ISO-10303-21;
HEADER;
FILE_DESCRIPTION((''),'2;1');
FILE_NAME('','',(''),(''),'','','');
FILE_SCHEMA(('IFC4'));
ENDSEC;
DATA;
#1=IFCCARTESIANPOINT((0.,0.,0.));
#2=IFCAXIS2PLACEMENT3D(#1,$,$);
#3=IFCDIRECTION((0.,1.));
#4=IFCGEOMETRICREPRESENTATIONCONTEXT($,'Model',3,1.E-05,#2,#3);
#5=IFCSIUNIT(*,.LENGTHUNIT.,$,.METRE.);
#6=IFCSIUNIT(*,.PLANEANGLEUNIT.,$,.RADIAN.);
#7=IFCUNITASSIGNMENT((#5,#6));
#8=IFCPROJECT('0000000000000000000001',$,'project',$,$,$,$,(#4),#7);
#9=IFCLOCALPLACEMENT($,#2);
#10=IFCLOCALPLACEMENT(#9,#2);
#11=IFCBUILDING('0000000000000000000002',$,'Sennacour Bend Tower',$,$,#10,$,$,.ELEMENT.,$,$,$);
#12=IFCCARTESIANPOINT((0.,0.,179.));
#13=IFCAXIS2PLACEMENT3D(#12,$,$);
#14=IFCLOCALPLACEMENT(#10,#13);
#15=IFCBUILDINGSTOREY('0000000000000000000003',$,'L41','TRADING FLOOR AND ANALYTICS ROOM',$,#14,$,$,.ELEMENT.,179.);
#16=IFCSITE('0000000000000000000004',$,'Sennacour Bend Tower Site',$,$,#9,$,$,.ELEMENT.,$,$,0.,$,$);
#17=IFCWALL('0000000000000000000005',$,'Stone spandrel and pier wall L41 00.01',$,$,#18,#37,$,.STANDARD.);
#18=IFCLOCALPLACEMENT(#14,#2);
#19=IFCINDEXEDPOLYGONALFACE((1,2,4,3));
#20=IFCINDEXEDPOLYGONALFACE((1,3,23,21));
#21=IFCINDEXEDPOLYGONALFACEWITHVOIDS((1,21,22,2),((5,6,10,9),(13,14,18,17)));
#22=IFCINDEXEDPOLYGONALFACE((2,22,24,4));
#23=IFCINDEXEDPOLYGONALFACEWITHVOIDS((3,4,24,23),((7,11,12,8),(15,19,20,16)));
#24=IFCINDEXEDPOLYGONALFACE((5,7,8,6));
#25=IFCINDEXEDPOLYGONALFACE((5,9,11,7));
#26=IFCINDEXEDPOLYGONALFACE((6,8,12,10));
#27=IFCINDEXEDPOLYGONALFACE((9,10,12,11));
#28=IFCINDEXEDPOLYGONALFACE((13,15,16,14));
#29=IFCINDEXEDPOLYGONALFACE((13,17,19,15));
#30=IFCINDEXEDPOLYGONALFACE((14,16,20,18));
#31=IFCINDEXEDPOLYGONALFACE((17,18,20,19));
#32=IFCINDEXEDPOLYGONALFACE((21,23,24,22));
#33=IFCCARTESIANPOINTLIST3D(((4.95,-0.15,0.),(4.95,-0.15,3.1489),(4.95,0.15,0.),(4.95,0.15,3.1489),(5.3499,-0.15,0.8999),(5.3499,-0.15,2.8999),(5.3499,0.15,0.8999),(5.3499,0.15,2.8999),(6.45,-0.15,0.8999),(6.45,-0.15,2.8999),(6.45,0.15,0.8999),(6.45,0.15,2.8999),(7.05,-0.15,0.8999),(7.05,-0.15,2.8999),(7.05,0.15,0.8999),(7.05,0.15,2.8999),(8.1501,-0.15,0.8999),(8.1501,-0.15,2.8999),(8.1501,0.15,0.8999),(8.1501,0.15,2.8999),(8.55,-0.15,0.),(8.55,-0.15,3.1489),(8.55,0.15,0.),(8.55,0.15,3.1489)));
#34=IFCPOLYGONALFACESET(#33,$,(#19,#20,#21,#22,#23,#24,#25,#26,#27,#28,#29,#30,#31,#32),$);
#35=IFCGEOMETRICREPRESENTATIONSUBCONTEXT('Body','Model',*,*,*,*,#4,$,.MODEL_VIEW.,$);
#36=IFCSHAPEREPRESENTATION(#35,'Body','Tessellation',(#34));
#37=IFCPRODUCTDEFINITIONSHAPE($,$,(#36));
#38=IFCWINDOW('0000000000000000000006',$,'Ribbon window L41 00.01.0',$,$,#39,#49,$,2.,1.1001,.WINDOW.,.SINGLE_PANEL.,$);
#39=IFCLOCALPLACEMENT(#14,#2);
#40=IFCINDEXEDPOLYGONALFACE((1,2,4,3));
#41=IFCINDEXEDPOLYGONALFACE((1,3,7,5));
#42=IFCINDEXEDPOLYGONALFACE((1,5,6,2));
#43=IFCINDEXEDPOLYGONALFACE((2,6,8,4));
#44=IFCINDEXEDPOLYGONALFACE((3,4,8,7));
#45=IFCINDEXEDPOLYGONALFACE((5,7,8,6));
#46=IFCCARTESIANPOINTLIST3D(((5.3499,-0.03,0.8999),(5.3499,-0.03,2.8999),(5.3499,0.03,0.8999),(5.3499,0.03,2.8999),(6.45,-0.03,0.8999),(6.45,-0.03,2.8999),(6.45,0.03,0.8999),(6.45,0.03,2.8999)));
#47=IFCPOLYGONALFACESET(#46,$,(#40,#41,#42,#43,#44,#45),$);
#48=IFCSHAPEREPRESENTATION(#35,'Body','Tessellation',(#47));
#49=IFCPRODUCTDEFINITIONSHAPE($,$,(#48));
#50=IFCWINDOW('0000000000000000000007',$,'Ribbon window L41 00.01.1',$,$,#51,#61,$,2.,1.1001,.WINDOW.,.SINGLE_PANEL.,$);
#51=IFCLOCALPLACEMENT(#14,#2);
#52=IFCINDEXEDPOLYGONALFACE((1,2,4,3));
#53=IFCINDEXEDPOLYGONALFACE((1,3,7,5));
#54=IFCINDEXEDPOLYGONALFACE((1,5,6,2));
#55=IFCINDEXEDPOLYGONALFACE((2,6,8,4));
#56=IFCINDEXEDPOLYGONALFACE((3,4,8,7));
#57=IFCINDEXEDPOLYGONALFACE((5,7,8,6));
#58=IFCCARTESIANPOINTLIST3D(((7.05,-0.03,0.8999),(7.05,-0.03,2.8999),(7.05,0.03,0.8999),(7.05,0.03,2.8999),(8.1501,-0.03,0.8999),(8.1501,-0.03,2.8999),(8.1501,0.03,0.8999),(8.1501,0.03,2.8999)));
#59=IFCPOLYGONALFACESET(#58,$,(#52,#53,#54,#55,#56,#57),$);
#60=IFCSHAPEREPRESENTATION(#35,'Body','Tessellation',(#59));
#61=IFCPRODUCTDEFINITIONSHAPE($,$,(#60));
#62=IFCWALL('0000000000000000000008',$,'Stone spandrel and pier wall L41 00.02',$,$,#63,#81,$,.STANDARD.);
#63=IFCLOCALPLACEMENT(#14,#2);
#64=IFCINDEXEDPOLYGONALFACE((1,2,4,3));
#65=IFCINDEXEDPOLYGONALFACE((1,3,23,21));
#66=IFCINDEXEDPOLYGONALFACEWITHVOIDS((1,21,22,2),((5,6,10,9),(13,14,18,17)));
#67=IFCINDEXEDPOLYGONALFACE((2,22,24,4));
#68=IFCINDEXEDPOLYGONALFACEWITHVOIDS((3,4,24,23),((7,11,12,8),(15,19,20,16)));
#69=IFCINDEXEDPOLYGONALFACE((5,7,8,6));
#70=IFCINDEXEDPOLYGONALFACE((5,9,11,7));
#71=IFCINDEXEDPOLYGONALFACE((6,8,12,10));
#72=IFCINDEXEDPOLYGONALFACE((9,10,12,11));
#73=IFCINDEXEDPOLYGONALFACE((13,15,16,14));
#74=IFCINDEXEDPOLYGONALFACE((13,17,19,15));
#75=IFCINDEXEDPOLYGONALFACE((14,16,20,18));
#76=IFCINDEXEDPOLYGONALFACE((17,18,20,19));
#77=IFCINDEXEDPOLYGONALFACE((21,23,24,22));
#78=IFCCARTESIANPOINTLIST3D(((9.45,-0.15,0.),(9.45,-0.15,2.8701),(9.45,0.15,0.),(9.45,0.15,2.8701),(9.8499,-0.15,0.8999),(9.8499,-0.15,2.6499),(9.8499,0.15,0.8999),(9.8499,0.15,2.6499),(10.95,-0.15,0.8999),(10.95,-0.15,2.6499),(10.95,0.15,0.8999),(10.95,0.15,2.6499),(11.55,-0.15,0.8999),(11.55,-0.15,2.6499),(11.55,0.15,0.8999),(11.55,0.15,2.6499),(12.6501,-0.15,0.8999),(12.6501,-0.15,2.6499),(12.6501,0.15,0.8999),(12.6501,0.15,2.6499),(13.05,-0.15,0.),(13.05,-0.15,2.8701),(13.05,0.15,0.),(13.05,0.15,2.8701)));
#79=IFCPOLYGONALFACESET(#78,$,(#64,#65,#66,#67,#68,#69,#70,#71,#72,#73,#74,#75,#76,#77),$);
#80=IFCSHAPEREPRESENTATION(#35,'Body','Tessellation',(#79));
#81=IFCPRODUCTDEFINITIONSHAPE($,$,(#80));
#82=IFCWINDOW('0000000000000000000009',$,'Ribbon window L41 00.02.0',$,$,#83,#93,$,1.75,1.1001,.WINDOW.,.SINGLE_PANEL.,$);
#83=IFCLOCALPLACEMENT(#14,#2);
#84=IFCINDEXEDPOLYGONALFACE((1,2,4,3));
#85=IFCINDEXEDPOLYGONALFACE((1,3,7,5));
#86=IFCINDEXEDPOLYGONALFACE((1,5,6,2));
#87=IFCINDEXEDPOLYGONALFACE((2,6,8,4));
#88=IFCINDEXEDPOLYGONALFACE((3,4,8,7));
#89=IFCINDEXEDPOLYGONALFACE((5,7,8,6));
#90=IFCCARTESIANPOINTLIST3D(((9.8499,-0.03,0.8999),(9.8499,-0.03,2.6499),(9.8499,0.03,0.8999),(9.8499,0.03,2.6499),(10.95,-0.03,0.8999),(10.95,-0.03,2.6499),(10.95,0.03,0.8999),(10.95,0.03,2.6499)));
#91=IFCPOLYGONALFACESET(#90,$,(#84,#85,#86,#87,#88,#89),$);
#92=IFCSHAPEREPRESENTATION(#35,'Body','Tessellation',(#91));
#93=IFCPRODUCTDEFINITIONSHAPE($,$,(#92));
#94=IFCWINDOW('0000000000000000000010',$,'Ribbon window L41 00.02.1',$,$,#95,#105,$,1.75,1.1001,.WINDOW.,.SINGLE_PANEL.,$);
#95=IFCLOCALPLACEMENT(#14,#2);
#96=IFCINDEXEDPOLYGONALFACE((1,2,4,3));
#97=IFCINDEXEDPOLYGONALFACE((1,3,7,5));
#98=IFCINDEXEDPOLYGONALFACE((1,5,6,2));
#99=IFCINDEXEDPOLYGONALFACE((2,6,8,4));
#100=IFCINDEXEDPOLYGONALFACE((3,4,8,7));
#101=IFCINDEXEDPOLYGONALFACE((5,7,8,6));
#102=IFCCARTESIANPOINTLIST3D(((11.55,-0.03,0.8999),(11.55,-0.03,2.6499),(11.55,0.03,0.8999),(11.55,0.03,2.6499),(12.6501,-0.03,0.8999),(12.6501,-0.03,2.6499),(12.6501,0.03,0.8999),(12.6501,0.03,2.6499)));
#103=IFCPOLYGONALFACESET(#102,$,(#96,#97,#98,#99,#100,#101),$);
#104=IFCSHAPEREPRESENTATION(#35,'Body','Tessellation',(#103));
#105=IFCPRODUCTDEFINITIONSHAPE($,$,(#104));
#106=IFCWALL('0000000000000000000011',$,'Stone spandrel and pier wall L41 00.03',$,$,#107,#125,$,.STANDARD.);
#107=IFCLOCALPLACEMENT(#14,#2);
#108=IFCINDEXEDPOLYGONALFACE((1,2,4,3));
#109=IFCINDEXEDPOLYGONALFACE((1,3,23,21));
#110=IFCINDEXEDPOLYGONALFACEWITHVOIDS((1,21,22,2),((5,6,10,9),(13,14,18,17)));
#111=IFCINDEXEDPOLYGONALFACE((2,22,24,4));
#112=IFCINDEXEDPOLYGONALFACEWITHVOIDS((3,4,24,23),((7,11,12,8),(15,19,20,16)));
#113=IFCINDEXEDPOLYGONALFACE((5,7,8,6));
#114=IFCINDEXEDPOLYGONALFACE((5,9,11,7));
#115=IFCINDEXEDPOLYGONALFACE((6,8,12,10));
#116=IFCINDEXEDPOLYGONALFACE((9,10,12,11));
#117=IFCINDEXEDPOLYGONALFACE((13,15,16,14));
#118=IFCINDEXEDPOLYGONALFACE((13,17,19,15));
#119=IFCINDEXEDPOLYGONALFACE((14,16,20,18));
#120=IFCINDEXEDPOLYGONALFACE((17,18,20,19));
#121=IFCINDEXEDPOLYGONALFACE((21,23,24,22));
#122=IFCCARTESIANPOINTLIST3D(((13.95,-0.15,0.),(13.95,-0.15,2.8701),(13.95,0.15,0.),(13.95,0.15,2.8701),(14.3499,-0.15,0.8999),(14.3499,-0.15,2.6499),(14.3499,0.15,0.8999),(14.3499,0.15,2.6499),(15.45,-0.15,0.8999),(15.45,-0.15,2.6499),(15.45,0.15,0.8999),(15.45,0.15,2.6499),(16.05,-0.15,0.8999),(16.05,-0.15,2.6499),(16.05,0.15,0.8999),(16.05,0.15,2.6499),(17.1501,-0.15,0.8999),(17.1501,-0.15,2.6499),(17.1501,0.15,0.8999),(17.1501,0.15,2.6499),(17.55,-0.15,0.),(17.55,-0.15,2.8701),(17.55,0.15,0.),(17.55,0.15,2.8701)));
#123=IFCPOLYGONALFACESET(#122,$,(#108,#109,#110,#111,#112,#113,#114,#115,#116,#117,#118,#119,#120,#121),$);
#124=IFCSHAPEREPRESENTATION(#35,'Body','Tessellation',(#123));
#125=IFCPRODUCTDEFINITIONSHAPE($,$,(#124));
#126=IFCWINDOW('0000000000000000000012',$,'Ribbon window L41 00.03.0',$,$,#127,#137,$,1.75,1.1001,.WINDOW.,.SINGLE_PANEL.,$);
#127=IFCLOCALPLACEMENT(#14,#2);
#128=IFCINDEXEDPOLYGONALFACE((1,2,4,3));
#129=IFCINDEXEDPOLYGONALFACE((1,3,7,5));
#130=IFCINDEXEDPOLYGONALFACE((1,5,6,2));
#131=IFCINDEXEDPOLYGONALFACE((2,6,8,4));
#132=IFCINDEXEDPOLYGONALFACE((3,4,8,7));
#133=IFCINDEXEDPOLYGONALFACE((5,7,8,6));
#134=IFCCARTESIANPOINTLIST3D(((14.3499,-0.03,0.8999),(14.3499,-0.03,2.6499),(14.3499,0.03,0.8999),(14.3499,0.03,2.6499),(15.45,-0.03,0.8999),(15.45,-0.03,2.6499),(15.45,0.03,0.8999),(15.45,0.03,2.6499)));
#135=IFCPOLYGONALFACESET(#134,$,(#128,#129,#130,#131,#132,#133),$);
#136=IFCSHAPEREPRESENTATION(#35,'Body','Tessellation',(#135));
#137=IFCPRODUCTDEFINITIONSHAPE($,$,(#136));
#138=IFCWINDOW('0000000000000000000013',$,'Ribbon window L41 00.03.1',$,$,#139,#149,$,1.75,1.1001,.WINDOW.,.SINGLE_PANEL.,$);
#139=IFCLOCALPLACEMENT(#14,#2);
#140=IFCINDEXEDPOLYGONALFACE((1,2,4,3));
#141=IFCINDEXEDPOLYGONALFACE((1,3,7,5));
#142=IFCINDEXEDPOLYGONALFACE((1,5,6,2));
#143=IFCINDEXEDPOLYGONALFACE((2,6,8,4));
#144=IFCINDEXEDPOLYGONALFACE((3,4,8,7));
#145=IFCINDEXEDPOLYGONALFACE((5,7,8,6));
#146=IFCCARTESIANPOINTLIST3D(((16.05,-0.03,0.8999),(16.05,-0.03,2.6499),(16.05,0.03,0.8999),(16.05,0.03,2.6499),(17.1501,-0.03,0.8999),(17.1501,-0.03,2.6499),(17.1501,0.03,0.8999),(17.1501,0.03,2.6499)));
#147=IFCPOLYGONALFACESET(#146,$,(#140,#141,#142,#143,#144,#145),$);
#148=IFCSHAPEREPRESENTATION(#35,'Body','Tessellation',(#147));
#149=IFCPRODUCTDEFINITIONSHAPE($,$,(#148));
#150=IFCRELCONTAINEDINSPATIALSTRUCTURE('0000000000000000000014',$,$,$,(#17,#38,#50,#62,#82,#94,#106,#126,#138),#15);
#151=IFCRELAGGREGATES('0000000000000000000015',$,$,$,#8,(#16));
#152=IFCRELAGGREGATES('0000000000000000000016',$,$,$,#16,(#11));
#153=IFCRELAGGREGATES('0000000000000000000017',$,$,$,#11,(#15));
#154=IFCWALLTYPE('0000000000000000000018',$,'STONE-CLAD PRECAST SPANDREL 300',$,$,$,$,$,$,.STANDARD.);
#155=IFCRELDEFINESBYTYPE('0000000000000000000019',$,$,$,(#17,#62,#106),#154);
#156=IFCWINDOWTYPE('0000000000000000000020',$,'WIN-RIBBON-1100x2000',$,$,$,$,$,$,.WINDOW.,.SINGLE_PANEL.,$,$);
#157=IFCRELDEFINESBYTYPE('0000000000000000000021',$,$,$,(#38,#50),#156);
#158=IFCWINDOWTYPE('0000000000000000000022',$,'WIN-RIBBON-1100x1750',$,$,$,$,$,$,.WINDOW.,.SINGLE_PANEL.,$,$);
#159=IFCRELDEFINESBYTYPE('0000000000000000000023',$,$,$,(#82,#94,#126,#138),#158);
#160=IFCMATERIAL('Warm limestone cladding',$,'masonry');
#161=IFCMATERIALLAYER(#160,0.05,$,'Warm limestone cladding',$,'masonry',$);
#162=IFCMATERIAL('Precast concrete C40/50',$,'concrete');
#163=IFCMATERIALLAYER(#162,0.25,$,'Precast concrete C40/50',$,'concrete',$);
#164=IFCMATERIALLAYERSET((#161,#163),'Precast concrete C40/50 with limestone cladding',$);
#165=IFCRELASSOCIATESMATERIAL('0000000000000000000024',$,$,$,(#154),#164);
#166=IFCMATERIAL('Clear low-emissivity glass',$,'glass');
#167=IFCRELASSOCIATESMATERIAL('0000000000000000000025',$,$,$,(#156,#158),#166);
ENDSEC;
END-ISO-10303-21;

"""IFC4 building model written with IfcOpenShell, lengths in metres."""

from ifc_helpers import new_model, si_unit, direction, frame, frame_2d, origin, place, context, subcontext, project, spatial, rectangle, extrude, material, layer, layer_set, type_object, element, fill, save


model = new_model("IFC4")

# Units and contexts
model_context = context("Model", 3, precision=1e-05, world=origin(), true_north=direction((0.0, 1.0)))
body_context = subcontext(model_context, "Body", "Model", "MODEL_VIEW")
ifc_project = project(units=[si_unit("LENGTHUNIT", "METRE"), si_unit("PLANEANGLEUNIT", "RADIAN")], contexts=[model_context])

# Site, building, storey
site_placement = place(None, origin())
site = spatial("IfcSite", under=ifc_project, at=site_placement, Name="Sennacour Bend Tower Site", CompositionType="ELEMENT", RefElevation=0.0)
building_placement = place(site_placement, origin())
building = spatial("IfcBuilding", under=site, at=building_placement, Name="Sennacour Bend Tower", CompositionType="ELEMENT")
storey_placement = place(building_placement, frame((0.0, 0.0, 179.0)))
storey = spatial("IfcBuildingStorey", under=building, at=storey_placement, Name="L41", Description="TRADING FLOOR AND ANALYTICS ROOM", CompositionType="ELEMENT", Elevation=179.0)

# Walls, openings, windows
ifc_material_1 = material(Name="Warm limestone cladding", Category="masonry")
ifc_layer_1 = layer(ifc_material_1, 0.05, Name="Warm limestone cladding", Category="masonry")
ifc_material_2 = material(Name="Precast concrete C40/50", Category="concrete")
ifc_layer_2 = layer(ifc_material_2, 0.25, Name="Precast concrete C40/50", Category="concrete")
ifc_layer_set_1 = layer_set([ifc_layer_1, ifc_layer_2], Name="Precast concrete C40/50 with limestone cladding")
wall_type_1 = type_object("IfcWallType", Name="STONE-CLAD PRECAST SPANDREL 300", PredefinedType="STANDARD", material=ifc_layer_set_1)
wall_1_placement = place(storey_placement, frame((4.95, 0.0, 0.0), z_axis=(0.0, 0.0, 1.0), x_axis=(1.0, 0.0, 0.0)))
wall_1 = element("IfcWall", 1, at=wall_1_placement, inside=storey, type_object=wall_type_1, Name="Stone spandrel and pier wall L41 00.01", PredefinedType="STANDARD", context=body_context, shape_type="SweptSolid", body=[
    extrude(rectangle(XDim=3.6001, YDim=0.3, at=frame_2d((1.8, 0.0))), origin(), (0.0, 0.0, 1.0), 3.1489),
])
opening_1_placement = place(wall_1_placement, frame((0.3999, 0.0, 0.8999)))
opening_1 = element("IfcOpeningElement", 2, at=opening_1_placement, cuts=wall_1, PredefinedType="OPENING", context=body_context, shape_type="SweptSolid", body=[
    extrude(rectangle(XDim=1.1001, YDim=2.0, at=frame_2d((0.55, 1.0))), frame((0.0, 0.1602, 0.0), z_axis=(0.0, -1.0, 0.0), x_axis=(1.0, 0.0, 0.0)), (0.0, 0.0, 1.0), 0.3201),
])
opening_2_placement = place(wall_1_placement, frame((2.1001, 0.0, 0.8999)))
opening_2 = element("IfcOpeningElement", 3, at=opening_2_placement, cuts=wall_1, PredefinedType="OPENING", context=body_context, shape_type="SweptSolid", body=[
    extrude(rectangle(XDim=1.1001, YDim=2.0, at=frame_2d((0.55, 1.0))), frame((0.0, 0.1602, 0.0), z_axis=(0.0, -1.0, 0.0), x_axis=(1.0, 0.0, 0.0)), (0.0, 0.0, 1.0), 0.3201),
])
ifc_material_3 = material(Name="Clear low-emissivity glass", Category="glass")
window_type_1 = type_object("IfcWindowType", Name="WIN-RIBBON-1100x2000", PartitioningType="SINGLE_PANEL", PredefinedType="WINDOW", material=ifc_material_3)
window_1_placement = place(opening_1_placement, origin())
window_1 = element("IfcWindow", 4, at=window_1_placement, inside=storey, type_object=window_type_1, Name="Ribbon window L41 00.01.0", OverallHeight=2.0, OverallWidth=1.1001, PartitioningType="SINGLE_PANEL", PredefinedType="WINDOW", context=body_context, shape_type="SweptSolid", body=[
    extrude(rectangle(XDim=1.1001, YDim=2.0, at=frame_2d((0.55, 1.0))), frame((0.0, 0.03, 0.0), z_axis=(0.0, -1.0, 0.0), x_axis=(1.0, 0.0, 0.0)), (0.0, 0.0, 1.0), 0.0601),
])
fill(opening_1, window_1)
window_2_placement = place(opening_2_placement, origin())
window_2 = element("IfcWindow", 5, at=window_2_placement, inside=storey, type_object=window_type_1, Name="Ribbon window L41 00.01.1", OverallHeight=2.0, OverallWidth=1.1001, PartitioningType="SINGLE_PANEL", PredefinedType="WINDOW", context=body_context, shape_type="SweptSolid", body=[
    extrude(rectangle(XDim=1.1001, YDim=2.0, at=frame_2d((0.55, 1.0))), frame((0.0, 0.03, 0.0), z_axis=(0.0, -1.0, 0.0), x_axis=(1.0, 0.0, 0.0)), (0.0, 0.0, 1.0), 0.0601),
])
fill(opening_2, window_2)
wall_2_placement = place(storey_placement, frame((9.45, 0.0, 0.0), z_axis=(0.0, 0.0, 1.0), x_axis=(1.0, 0.0, 0.0)))
wall_2 = element("IfcWall", 6, at=wall_2_placement, inside=storey, type_object=wall_type_1, Name="Stone spandrel and pier wall L41 00.02", PredefinedType="STANDARD", context=body_context, shape_type="SweptSolid", body=[
    extrude(rectangle(XDim=3.6001, YDim=0.3, at=frame_2d((1.8, 0.0))), origin(), (0.0, 0.0, 1.0), 2.8701),
])
opening_3_placement = place(wall_2_placement, frame((0.3999, 0.0, 0.8999)))
opening_3 = element("IfcOpeningElement", 7, at=opening_3_placement, cuts=wall_2, PredefinedType="OPENING", context=body_context, shape_type="SweptSolid", body=[
    extrude(rectangle(XDim=1.1001, YDim=1.75, at=frame_2d((0.55, 0.875))), frame((0.0, 0.1602, 0.0), z_axis=(0.0, -1.0, 0.0), x_axis=(1.0, 0.0, 0.0)), (0.0, 0.0, 1.0), 0.3201),
])
opening_4_placement = place(wall_2_placement, frame((2.1001, 0.0, 0.8999)))
opening_4 = element("IfcOpeningElement", 8, at=opening_4_placement, cuts=wall_2, PredefinedType="OPENING", context=body_context, shape_type="SweptSolid", body=[
    extrude(rectangle(XDim=1.1001, YDim=1.75, at=frame_2d((0.55, 0.875))), frame((0.0, 0.1602, 0.0), z_axis=(0.0, -1.0, 0.0), x_axis=(1.0, 0.0, 0.0)), (0.0, 0.0, 1.0), 0.3201),
])
window_type_2 = type_object("IfcWindowType", Name="WIN-RIBBON-1100x1750", PartitioningType="SINGLE_PANEL", PredefinedType="WINDOW", material=ifc_material_3)
window_3_placement = place(opening_3_placement, origin())
window_3 = element("IfcWindow", 9, at=window_3_placement, inside=storey, type_object=window_type_2, Name="Ribbon window L41 00.02.0", OverallHeight=1.75, OverallWidth=1.1001, PartitioningType="SINGLE_PANEL", PredefinedType="WINDOW", context=body_context, shape_type="SweptSolid", body=[
    extrude(rectangle(XDim=1.1001, YDim=1.75, at=frame_2d((0.55, 0.875))), frame((0.0, 0.03, 0.0), z_axis=(0.0, -1.0, 0.0), x_axis=(1.0, 0.0, 0.0)), (0.0, 0.0, 1.0), 0.0601),
])
fill(opening_3, window_3)
window_4_placement = place(opening_4_placement, origin())
window_4 = element("IfcWindow", 10, at=window_4_placement, inside=storey, type_object=window_type_2, Name="Ribbon window L41 00.02.1", OverallHeight=1.75, OverallWidth=1.1001, PartitioningType="SINGLE_PANEL", PredefinedType="WINDOW", context=body_context, shape_type="SweptSolid", body=[
    extrude(rectangle(XDim=1.1001, YDim=1.75, at=frame_2d((0.55, 0.875))), frame((0.0, 0.03, 0.0), z_axis=(0.0, -1.0, 0.0), x_axis=(1.0, 0.0, 0.0)), (0.0, 0.0, 1.0), 0.0601),
])
fill(opening_4, window_4)
wall_3_placement = place(storey_placement, frame((13.95, 0.0, 0.0), z_axis=(0.0, 0.0, 1.0), x_axis=(1.0, 0.0, 0.0)))
wall_3 = element("IfcWall", 11, at=wall_3_placement, inside=storey, type_object=wall_type_1, Name="Stone spandrel and pier wall L41 00.03", PredefinedType="STANDARD", context=body_context, shape_type="SweptSolid", body=[
    extrude(rectangle(XDim=3.6001, YDim=0.3, at=frame_2d((1.8, 0.0))), origin(), (0.0, 0.0, 1.0), 2.8701),
])
opening_5_placement = place(wall_3_placement, frame((0.3999, 0.0, 0.8999)))
opening_5 = element("IfcOpeningElement", 12, at=opening_5_placement, cuts=wall_3, PredefinedType="OPENING", context=body_context, shape_type="SweptSolid", body=[
    extrude(rectangle(XDim=1.1001, YDim=1.75, at=frame_2d((0.55, 0.875))), frame((0.0, 0.1602, 0.0), z_axis=(0.0, -1.0, 0.0), x_axis=(1.0, 0.0, 0.0)), (0.0, 0.0, 1.0), 0.3201),
])
opening_6_placement = place(wall_3_placement, frame((2.1001, 0.0, 0.8999)))
opening_6 = element("IfcOpeningElement", 13, at=opening_6_placement, cuts=wall_3, PredefinedType="OPENING", context=body_context, shape_type="SweptSolid", body=[
    extrude(rectangle(XDim=1.1001, YDim=1.75, at=frame_2d((0.55, 0.875))), frame((0.0, 0.1602, 0.0), z_axis=(0.0, -1.0, 0.0), x_axis=(1.0, 0.0, 0.0)), (0.0, 0.0, 1.0), 0.3201),
])
window_5_placement = place(opening_5_placement, origin())
window_5 = element("IfcWindow", 14, at=window_5_placement, inside=storey, type_object=window_type_2, Name="Ribbon window L41 00.03.0", OverallHeight=1.75, OverallWidth=1.1001, PartitioningType="SINGLE_PANEL", PredefinedType="WINDOW", context=body_context, shape_type="SweptSolid", body=[
    extrude(rectangle(XDim=1.1001, YDim=1.75, at=frame_2d((0.55, 0.875))), frame((0.0, 0.03, 0.0), z_axis=(0.0, -1.0, 0.0), x_axis=(1.0, 0.0, 0.0)), (0.0, 0.0, 1.0), 0.0601),
])
fill(opening_5, window_5)
window_6_placement = place(opening_6_placement, origin())
window_6 = element("IfcWindow", 15, at=window_6_placement, inside=storey, type_object=window_type_2, Name="Ribbon window L41 00.03.1", OverallHeight=1.75, OverallWidth=1.1001, PartitioningType="SINGLE_PANEL", PredefinedType="WINDOW", context=body_context, shape_type="SweptSolid", body=[
    extrude(rectangle(XDim=1.1001, YDim=1.75, at=frame_2d((0.55, 0.875))), frame((0.0, 0.03, 0.0), z_axis=(0.0, -1.0, 0.0), x_axis=(1.0, 0.0, 0.0)), (0.0, 0.0, 1.0), 0.0601),
])
fill(opening_6, window_6)

save(model, "model.ifc")
